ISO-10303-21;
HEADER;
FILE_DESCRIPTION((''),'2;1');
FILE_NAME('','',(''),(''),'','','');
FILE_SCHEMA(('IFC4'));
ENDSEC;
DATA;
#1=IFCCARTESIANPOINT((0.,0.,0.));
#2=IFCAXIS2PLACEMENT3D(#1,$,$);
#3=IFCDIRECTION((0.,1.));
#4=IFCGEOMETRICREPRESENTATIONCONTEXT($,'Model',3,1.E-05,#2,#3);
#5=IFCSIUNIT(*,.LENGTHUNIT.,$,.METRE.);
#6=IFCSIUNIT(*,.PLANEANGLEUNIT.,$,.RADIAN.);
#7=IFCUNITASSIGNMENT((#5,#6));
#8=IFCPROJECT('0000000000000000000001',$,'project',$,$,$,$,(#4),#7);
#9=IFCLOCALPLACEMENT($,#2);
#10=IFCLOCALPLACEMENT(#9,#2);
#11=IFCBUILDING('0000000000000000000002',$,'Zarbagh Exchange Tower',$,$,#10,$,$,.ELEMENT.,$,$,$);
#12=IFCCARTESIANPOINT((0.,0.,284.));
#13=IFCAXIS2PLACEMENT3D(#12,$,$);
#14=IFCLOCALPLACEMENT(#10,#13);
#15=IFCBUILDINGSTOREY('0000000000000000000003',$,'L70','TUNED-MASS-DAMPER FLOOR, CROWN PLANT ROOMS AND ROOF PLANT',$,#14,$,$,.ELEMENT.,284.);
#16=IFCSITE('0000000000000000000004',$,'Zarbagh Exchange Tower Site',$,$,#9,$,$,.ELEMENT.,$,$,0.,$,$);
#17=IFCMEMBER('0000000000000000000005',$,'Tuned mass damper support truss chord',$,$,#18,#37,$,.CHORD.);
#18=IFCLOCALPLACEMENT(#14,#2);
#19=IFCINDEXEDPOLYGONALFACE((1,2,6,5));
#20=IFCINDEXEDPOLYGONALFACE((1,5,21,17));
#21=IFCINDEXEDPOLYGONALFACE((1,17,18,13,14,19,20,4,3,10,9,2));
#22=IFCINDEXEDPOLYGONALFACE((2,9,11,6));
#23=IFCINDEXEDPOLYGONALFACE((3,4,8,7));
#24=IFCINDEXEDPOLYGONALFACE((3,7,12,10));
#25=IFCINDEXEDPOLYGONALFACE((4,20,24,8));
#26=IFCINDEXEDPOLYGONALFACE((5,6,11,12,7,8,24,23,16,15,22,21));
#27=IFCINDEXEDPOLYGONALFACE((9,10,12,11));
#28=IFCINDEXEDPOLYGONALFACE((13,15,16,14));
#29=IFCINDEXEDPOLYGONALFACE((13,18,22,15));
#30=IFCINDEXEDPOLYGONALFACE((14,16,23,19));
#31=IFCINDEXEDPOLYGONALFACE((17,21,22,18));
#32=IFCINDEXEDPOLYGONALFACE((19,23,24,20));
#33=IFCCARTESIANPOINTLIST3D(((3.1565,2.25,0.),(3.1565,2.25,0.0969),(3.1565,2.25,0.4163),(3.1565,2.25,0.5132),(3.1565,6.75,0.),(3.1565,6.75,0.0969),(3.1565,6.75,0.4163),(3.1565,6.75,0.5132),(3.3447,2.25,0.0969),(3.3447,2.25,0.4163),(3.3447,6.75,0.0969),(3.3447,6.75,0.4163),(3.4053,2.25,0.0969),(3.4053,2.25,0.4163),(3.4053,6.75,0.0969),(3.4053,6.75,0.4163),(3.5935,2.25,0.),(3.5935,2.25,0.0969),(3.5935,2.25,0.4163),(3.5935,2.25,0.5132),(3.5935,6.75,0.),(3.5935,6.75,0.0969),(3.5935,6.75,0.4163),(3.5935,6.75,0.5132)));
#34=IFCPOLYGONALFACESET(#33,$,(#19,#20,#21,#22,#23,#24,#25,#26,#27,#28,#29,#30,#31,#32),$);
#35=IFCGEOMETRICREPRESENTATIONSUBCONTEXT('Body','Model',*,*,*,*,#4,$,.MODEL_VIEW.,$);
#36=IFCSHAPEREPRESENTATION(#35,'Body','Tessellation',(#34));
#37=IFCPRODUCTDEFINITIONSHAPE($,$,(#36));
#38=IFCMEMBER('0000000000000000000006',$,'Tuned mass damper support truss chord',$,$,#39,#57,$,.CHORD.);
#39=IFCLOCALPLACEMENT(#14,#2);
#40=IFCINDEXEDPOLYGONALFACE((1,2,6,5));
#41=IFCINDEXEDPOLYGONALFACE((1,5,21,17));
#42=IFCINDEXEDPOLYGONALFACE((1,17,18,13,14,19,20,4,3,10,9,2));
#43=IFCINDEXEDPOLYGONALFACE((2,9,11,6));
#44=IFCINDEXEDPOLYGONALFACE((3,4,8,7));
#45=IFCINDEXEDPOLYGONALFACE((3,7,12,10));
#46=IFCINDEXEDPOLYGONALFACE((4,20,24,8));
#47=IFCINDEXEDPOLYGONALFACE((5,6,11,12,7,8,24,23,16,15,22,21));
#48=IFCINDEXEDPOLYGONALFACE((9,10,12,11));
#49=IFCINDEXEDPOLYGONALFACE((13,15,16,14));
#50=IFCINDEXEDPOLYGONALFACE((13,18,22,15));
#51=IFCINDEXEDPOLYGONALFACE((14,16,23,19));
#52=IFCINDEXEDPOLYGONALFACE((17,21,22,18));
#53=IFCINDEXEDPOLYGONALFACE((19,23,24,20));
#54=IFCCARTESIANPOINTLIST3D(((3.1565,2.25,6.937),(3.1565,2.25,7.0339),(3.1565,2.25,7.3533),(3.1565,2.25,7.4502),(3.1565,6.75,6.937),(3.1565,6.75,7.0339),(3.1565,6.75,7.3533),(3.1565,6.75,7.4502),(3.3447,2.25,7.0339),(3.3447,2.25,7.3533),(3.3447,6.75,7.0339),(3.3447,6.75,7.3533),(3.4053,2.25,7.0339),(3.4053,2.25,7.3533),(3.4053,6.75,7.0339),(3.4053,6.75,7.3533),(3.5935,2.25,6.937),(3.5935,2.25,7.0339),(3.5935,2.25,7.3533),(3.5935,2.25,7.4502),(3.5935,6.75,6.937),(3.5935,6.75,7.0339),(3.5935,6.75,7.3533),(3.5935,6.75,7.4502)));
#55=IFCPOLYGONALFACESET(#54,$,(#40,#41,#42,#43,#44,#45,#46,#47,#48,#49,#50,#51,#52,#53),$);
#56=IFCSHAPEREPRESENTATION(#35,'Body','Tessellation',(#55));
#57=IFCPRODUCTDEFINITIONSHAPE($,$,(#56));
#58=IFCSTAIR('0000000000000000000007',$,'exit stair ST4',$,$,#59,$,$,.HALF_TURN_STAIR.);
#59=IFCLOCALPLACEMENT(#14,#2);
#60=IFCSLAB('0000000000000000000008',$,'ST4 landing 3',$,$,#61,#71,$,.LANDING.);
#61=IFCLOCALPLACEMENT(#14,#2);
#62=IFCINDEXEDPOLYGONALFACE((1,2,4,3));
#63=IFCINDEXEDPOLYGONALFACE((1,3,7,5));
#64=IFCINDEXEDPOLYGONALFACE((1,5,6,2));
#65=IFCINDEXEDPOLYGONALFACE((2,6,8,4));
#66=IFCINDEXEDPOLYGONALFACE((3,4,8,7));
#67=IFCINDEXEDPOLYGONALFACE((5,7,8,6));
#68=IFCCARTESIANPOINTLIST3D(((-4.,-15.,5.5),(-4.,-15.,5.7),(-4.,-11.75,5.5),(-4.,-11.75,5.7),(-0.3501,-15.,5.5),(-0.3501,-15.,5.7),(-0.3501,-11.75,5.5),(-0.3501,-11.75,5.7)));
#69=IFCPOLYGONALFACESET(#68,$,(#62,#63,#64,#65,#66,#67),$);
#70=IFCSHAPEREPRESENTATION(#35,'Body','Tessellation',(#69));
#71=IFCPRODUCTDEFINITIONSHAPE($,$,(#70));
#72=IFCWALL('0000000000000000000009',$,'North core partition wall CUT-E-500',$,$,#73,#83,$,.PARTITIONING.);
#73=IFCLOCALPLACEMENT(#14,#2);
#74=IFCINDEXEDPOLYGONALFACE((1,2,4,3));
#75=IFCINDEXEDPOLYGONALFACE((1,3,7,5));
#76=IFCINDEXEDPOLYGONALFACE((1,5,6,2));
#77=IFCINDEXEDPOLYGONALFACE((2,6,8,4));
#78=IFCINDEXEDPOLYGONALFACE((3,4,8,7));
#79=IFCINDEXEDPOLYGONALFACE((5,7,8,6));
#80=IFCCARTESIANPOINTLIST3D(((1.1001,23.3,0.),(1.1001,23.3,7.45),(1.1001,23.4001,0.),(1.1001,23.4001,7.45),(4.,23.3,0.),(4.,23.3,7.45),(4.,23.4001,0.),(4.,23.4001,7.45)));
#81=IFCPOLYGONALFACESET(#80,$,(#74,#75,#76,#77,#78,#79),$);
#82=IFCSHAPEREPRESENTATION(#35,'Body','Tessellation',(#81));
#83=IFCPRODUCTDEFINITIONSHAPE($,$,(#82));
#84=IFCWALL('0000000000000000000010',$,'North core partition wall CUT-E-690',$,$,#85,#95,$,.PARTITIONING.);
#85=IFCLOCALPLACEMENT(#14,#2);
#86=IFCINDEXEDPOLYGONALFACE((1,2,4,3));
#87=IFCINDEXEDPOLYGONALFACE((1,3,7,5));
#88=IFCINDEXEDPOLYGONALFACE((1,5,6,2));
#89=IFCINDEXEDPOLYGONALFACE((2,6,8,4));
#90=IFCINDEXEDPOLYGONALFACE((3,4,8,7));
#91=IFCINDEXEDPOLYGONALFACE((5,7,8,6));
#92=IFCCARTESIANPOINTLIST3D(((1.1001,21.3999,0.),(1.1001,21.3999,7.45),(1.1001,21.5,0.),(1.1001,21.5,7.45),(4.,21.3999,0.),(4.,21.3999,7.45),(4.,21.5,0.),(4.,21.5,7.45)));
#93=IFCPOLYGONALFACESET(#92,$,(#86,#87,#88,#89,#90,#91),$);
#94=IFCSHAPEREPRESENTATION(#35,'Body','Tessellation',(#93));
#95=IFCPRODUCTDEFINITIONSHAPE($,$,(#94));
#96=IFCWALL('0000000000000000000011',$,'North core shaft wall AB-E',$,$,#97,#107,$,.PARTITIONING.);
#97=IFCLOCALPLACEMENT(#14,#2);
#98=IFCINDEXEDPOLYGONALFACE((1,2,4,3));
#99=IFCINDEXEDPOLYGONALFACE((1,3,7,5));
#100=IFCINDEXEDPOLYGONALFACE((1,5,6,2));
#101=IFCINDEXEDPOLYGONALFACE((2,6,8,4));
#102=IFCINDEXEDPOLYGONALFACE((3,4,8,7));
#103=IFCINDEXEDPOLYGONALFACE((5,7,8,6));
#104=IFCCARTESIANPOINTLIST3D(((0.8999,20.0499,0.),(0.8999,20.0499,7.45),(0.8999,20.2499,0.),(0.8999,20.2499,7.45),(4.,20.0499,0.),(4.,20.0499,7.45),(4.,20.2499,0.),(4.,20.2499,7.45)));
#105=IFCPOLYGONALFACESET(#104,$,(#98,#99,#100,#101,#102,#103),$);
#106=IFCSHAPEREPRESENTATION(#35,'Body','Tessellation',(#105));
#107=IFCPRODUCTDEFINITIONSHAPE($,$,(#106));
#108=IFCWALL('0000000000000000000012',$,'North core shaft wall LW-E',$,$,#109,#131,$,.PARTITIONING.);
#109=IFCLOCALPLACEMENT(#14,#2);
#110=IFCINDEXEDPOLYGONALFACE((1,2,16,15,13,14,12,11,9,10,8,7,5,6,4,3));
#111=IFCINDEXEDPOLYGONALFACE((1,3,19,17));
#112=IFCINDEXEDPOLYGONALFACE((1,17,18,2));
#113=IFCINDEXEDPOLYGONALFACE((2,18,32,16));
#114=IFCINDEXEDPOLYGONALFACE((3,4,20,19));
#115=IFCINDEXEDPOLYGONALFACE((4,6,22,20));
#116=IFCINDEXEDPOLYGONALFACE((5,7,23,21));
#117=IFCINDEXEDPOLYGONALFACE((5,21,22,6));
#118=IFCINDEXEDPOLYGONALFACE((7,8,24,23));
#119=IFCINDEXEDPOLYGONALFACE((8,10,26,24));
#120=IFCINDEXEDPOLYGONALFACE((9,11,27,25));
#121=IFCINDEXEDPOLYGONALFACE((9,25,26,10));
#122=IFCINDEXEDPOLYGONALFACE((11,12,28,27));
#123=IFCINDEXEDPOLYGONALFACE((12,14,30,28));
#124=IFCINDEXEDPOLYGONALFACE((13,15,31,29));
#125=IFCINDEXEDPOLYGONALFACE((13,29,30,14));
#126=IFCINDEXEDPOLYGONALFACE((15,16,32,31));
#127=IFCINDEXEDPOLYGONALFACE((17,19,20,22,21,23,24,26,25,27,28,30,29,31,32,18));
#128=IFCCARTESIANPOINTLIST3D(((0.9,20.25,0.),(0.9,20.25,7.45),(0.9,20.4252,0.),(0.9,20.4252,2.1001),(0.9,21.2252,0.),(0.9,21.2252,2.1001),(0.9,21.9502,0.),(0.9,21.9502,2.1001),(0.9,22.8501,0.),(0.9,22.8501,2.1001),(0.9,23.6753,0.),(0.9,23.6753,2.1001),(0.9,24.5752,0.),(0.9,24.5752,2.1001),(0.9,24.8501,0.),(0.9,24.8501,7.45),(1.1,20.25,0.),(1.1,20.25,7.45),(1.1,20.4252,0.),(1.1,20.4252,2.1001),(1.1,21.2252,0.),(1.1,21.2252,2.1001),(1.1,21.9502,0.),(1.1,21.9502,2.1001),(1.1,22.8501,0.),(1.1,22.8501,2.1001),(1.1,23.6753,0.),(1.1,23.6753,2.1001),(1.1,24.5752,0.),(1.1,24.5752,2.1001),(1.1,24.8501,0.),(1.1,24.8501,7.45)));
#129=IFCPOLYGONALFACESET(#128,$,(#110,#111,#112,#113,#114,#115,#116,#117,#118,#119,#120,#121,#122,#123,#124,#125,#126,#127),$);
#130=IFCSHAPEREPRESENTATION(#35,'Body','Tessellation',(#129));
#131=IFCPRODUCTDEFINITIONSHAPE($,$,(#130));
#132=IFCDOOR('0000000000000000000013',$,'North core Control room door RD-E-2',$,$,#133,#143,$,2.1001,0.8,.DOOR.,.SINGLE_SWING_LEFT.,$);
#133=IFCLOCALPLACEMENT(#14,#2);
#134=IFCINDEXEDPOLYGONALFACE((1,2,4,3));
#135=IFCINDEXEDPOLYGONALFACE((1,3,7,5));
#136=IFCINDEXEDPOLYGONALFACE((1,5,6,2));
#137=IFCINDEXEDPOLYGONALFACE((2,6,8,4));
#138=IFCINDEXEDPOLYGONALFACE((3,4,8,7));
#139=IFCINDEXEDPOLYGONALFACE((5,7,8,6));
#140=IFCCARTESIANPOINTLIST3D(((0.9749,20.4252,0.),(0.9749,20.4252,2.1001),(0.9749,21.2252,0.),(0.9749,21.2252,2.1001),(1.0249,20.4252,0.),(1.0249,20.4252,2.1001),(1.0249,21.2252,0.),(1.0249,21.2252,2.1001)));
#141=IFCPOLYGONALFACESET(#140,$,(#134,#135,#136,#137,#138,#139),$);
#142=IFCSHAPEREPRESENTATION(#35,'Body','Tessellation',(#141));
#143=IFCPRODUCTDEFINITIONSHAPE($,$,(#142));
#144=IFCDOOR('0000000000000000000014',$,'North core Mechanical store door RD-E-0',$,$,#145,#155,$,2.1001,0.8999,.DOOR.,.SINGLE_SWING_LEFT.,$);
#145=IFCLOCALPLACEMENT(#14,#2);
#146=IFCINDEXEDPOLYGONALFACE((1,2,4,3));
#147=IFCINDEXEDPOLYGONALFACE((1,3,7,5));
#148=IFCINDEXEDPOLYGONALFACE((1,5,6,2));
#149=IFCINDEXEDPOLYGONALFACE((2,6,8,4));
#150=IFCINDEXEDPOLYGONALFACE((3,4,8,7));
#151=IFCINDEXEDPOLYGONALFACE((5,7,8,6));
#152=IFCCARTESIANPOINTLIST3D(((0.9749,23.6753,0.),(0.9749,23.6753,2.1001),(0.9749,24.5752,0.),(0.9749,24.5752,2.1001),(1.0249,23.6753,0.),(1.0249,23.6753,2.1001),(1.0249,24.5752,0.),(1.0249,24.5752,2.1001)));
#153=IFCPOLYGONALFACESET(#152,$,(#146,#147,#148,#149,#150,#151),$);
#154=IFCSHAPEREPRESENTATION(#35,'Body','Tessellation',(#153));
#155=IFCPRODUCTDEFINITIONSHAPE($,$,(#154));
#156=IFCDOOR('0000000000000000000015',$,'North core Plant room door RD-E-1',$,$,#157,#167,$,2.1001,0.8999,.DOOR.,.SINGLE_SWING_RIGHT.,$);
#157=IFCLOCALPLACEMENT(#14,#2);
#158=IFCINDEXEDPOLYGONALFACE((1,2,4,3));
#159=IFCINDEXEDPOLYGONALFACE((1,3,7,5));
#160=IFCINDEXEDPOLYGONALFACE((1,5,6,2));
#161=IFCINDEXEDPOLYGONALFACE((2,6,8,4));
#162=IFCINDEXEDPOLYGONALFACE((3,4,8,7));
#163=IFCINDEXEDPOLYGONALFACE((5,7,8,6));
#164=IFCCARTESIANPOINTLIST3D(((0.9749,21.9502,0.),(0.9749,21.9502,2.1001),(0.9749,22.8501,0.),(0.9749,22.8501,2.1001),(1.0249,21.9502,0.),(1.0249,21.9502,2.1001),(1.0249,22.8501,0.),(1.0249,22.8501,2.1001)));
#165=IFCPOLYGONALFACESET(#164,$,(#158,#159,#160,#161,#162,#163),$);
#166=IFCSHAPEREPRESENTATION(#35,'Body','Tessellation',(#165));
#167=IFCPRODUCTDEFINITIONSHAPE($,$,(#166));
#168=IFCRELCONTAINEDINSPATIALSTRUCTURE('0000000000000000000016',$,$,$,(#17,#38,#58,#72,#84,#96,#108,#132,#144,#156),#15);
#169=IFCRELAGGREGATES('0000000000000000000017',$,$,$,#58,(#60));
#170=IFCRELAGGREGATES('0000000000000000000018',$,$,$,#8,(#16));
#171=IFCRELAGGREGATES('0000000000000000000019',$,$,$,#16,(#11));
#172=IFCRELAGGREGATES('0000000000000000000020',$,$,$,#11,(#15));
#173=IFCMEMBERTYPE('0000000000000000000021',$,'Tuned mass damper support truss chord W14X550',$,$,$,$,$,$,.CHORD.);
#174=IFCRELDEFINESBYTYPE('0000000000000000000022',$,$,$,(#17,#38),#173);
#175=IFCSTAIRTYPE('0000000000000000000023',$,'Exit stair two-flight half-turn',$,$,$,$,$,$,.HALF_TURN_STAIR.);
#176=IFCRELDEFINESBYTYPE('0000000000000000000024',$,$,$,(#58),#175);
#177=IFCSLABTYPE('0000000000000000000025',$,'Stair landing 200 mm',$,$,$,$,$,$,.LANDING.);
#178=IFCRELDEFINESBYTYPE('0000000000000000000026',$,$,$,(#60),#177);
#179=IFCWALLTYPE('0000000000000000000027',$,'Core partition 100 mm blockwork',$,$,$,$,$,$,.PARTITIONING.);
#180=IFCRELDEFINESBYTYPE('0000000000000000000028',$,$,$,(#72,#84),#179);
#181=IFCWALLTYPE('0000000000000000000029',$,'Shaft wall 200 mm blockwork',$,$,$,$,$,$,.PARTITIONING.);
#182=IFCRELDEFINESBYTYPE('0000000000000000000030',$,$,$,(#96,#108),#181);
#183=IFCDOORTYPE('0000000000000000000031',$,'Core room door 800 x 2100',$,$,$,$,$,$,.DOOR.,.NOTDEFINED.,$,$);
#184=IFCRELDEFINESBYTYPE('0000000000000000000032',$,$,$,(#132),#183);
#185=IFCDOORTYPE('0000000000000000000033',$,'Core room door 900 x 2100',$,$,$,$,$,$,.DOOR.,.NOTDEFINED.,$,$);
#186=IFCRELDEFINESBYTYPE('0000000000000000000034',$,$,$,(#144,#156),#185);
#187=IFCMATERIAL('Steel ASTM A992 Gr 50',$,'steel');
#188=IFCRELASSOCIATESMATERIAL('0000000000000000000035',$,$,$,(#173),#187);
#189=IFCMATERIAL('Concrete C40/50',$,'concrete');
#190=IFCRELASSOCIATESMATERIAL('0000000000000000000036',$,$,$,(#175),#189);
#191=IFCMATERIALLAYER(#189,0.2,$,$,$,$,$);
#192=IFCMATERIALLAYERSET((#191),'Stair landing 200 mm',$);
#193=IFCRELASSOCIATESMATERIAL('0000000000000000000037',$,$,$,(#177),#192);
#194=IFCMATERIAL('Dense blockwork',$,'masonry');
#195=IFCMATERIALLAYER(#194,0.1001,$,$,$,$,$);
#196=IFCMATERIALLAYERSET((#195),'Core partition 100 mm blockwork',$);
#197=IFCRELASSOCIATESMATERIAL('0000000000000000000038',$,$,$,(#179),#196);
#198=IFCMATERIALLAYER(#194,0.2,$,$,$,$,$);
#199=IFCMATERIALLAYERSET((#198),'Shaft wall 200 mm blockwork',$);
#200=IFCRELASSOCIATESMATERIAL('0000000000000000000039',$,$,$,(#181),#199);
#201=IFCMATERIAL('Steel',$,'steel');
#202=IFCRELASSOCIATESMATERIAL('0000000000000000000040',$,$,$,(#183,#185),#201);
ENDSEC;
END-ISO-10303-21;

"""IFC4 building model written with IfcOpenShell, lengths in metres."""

from ifc_helpers import new_model, si_unit, direction, frame, frame_2d, origin, origin_2d, place, context, subcontext, project, spatial, polyline, rectangle, i_section, outline, extrude, material, layer, layer_set, material_profile, profile_set, type_object, element, fill, aggregate, save


model = new_model("IFC4")

# Units and contexts
model_context = context("Model", 3, precision=1e-05, world=origin(), true_north=direction((0.0, 1.0)))
body_context = subcontext(model_context, "Body", "Model", "MODEL_VIEW")
ifc_project = project(units=[si_unit("LENGTHUNIT", "METRE"), si_unit("PLANEANGLEUNIT", "RADIAN")], contexts=[model_context])

# Site, building, storey
site_placement = place(None, origin())
site = spatial("IfcSite", under=ifc_project, at=site_placement, Name="Zarbagh Exchange Tower Site", CompositionType="ELEMENT", RefElevation=0.0)
building_placement = place(site_placement, origin())
building = spatial("IfcBuilding", under=site, at=building_placement, Name="Zarbagh Exchange Tower", CompositionType="ELEMENT")
storey_placement = place(building_placement, frame((0.0, 0.0, 284.0)))
storey = spatial("IfcBuildingStorey", under=building, at=storey_placement, Name="L70", Description="TUNED-MASS-DAMPER FLOOR, CROWN PLANT ROOMS AND ROOF PLANT", CompositionType="ELEMENT", Elevation=284.0)

# Members
ifc_material_1 = material(Name="Steel ASTM A992 Gr 50", Category="steel")
ifc_material_profile = material_profile(ifc_material_1, i_section(OverallWidth=0.437, OverallDepth=0.5132, WebThickness=0.0605, FlangeThickness=0.0969, at=origin_2d()), Name="W14X550")
ifc_profile_set = profile_set([ifc_material_profile], Name="Steel ASTM A992 Gr 50")
member_type = type_object("IfcMemberType", Name="Tuned mass damper support truss chord W14X550", PredefinedType="CHORD", material=ifc_profile_set)
for number, where, z_axis, x_axis, name in (
    (1, (3.375, 2.25, 0.2566), (0.0, 1.0, 0.0), (-1.0, 0.0, 0.0), "Tuned mass damper support truss chord"),
    (2, (3.375, 2.25, 7.1936), (0.0, 1.0, 0.0), (-1.0, 0.0, 0.0), "Tuned mass damper support truss chord"),
):
    element("IfcMember", number, at=place(storey_placement, frame(where, z_axis=z_axis, x_axis=x_axis)), inside=storey, type_object=member_type, Name=name, PredefinedType="CHORD", context=body_context, shape_type="SweptSolid", body=[
        extrude(i_section(OverallWidth=0.437, OverallDepth=0.5132, WebThickness=0.0605, FlangeThickness=0.0969, at=origin_2d()), origin(), (0.0, 0.0, 1.0), 4.5),
    ])

# Stair, slab
ifc_material_2 = material(Name="Concrete C40/50", Category="concrete")
stair_type = type_object("IfcStairType", Name="Exit stair two-flight half-turn", PredefinedType="HALF_TURN_STAIR", material=ifc_material_2)
stair_1_placement = place(storey_placement, origin())
stair_1 = element("IfcStair", 3, at=stair_1_placement, inside=storey, type_object=stair_type, Name="exit stair ST4", PredefinedType="HALF_TURN_STAIR")
ifc_layer_1 = layer(ifc_material_2, 0.2)
ifc_layer_set_1 = layer_set([ifc_layer_1], Name="Stair landing 200 mm")
slab_type = type_object("IfcSlabType", Name="Stair landing 200 mm", PredefinedType="LANDING", material=ifc_layer_set_1)
slab_placement = place(storey_placement, frame((0.0, 0.0, 5.5)))
slab = element("IfcSlab", 4, at=slab_placement, type_object=slab_type, Name="ST4 landing 3", PredefinedType="LANDING", context=body_context, shape_type="SweptSolid", body=[
    extrude(outline(polyline([(-0.3501, -11.75), (-4.0, -11.75), (-4.0, -15.0), (-0.3501, -15.0), (-0.3501, -11.75)])), origin(), (0.0, 0.0, 1.0), 0.2),
])
aggregate(stair_1, [slab])

# Walls
ifc_material_3 = material(Name="Dense blockwork", Category="masonry")
ifc_layer_2 = layer(ifc_material_3, 0.1001)
ifc_layer_set_2 = layer_set([ifc_layer_2], Name="Core partition 100 mm blockwork")
wall_type_1 = type_object("IfcWallType", Name="Core partition 100 mm blockwork", PredefinedType="PARTITIONING", material=ifc_layer_set_2)
for number, where, z_axis, x_axis, name in (
    (5, (1.1001, 23.3501, 0.0), (0.0, 0.0, 1.0), (1.0, 0.0, 0.0), "North core partition wall CUT-E-500"),
    (6, (1.1001, 21.45, 0.0), (0.0, 0.0, 1.0), (1.0, 0.0, 0.0), "North core partition wall CUT-E-690"),
):
    element("IfcWall", number, at=place(storey_placement, frame(where, z_axis=z_axis, x_axis=x_axis)), inside=storey, type_object=wall_type_1, Name=name, PredefinedType="PARTITIONING", context=body_context, shape_type="SweptSolid", body=[
        extrude(rectangle(XDim=2.8999, YDim=0.1001, at=frame_2d((1.45, 0.0))), origin(), (0.0, 0.0, 1.0), 7.45),
    ])
ifc_layer_3 = layer(ifc_material_3, 0.2)
ifc_layer_set_3 = layer_set([ifc_layer_3], Name="Shaft wall 200 mm blockwork")
wall_type_2 = type_object("IfcWallType", Name="Shaft wall 200 mm blockwork", PredefinedType="PARTITIONING", material=ifc_layer_set_3)
wall_1_placement = place(storey_placement, frame((0.8999, 20.1499, 0.0), z_axis=(0.0, 0.0, 1.0), x_axis=(1.0, 0.0, 0.0)))
element("IfcWall", 7, at=wall_1_placement, inside=storey, type_object=wall_type_2, Name="North core shaft wall AB-E", PredefinedType="PARTITIONING", context=body_context, shape_type="SweptSolid", body=[
    extrude(rectangle(XDim=3.1001, YDim=0.2, at=frame_2d((1.55, 0.0))), origin(), (0.0, 0.0, 1.0), 7.45),
])

# Wall, openings, doors
wall_2_placement = place(storey_placement, frame((1.0, 24.8501, 0.0), z_axis=(0.0, 0.0, 1.0), x_axis=(0.0, -1.0, 0.0)))
wall_2 = element("IfcWall", 8, at=wall_2_placement, inside=storey, type_object=wall_type_2, Name="North core shaft wall LW-E", PredefinedType="PARTITIONING", context=body_context, shape_type="SweptSolid", body=[
    extrude(rectangle(XDim=4.6001, YDim=0.2, at=frame_2d((2.3, 0.0))), origin(), (0.0, 0.0, 1.0), 7.45),
])
opening_1_placement = place(wall_2_placement, frame((0.2749, 0.0, 0.0)))
opening_1 = element("IfcOpeningElement", 9, at=opening_1_placement, cuts=wall_2, PredefinedType="OPENING", context=body_context, shape_type="SweptSolid", body=[
    extrude(rectangle(XDim=0.8999, YDim=2.1001, at=frame_2d((0.45, 1.05))), frame((0.0, 0.1099, 0.0), z_axis=(0.0, -1.0, 0.0), x_axis=(1.0, 0.0, 0.0)), (0.0, 0.0, 1.0), 0.22),
])
opening_2_placement = place(wall_2_placement, frame((2.0, 0.0, 0.0)))
opening_2 = element("IfcOpeningElement", 10, at=opening_2_placement, cuts=wall_2, PredefinedType="OPENING", context=body_context, shape_type="SweptSolid", body=[
    extrude(rectangle(XDim=0.8999, YDim=2.1001, at=frame_2d((0.45, 1.05))), frame((0.0, 0.1099, 0.0), z_axis=(0.0, -1.0, 0.0), x_axis=(1.0, 0.0, 0.0)), (0.0, 0.0, 1.0), 0.22),
])
opening_3_placement = place(wall_2_placement, frame((3.625, 0.0, 0.0)))
opening_3 = element("IfcOpeningElement", 11, at=opening_3_placement, cuts=wall_2, PredefinedType="OPENING", context=body_context, shape_type="SweptSolid", body=[
    extrude(rectangle(XDim=0.8, YDim=2.1001, at=frame_2d((0.3999, 1.05))), frame((0.0, 0.1099, 0.0), z_axis=(0.0, -1.0, 0.0), x_axis=(1.0, 0.0, 0.0)), (0.0, 0.0, 1.0), 0.22),
])
ifc_material_4 = material(Name="Steel", Category="steel")
door_type_1 = type_object("IfcDoorType", Name="Core room door 800 x 2100", OperationType="NOTDEFINED", PredefinedType="DOOR", material=ifc_material_4)
door_1_placement = place(opening_3_placement, origin())
door_1 = element("IfcDoor", 12, at=door_1_placement, inside=storey, type_object=door_type_1, Name="North core Control room door RD-E-2", OperationType="SINGLE_SWING_LEFT", OverallHeight=2.1001, OverallWidth=0.8, PredefinedType="DOOR", context=body_context, shape_type="SweptSolid", body=[
    extrude(rectangle(XDim=0.8, YDim=2.1001, at=frame_2d((0.3999, 1.05))), frame((0.0, 0.0249, 0.0), z_axis=(0.0, -1.0, 0.0), x_axis=(1.0, 0.0, 0.0)), (0.0, 0.0, 1.0), 0.05),
])
fill(opening_3, door_1)
door_type_2 = type_object("IfcDoorType", Name="Core room door 900 x 2100", OperationType="NOTDEFINED", PredefinedType="DOOR", material=ifc_material_4)
door_2_placement = place(opening_1_placement, origin())
door_2 = element("IfcDoor", 13, at=door_2_placement, inside=storey, type_object=door_type_2, Name="North core Mechanical store door RD-E-0", OperationType="SINGLE_SWING_LEFT", OverallHeight=2.1001, OverallWidth=0.8999, PredefinedType="DOOR", context=body_context, shape_type="SweptSolid", body=[
    extrude(rectangle(XDim=0.8999, YDim=2.1001, at=frame_2d((0.45, 1.05))), frame((0.0, 0.0249, 0.0), z_axis=(0.0, -1.0, 0.0), x_axis=(1.0, 0.0, 0.0)), (0.0, 0.0, 1.0), 0.05),
])
fill(opening_1, door_2)
door_3_placement = place(opening_2_placement, origin())
door_3 = element("IfcDoor", 14, at=door_3_placement, inside=storey, type_object=door_type_2, Name="North core Plant room door RD-E-1", OperationType="SINGLE_SWING_RIGHT", OverallHeight=2.1001, OverallWidth=0.8999, PredefinedType="DOOR", context=body_context, shape_type="SweptSolid", body=[
    extrude(rectangle(XDim=0.8999, YDim=2.1001, at=frame_2d((0.45, 1.05))), frame((0.0, 0.0249, 0.0), z_axis=(0.0, -1.0, 0.0), x_axis=(1.0, 0.0, 0.0)), (0.0, 0.0, 1.0), 0.05),
])
fill(opening_2, door_3)

save(model, "model.ifc")
